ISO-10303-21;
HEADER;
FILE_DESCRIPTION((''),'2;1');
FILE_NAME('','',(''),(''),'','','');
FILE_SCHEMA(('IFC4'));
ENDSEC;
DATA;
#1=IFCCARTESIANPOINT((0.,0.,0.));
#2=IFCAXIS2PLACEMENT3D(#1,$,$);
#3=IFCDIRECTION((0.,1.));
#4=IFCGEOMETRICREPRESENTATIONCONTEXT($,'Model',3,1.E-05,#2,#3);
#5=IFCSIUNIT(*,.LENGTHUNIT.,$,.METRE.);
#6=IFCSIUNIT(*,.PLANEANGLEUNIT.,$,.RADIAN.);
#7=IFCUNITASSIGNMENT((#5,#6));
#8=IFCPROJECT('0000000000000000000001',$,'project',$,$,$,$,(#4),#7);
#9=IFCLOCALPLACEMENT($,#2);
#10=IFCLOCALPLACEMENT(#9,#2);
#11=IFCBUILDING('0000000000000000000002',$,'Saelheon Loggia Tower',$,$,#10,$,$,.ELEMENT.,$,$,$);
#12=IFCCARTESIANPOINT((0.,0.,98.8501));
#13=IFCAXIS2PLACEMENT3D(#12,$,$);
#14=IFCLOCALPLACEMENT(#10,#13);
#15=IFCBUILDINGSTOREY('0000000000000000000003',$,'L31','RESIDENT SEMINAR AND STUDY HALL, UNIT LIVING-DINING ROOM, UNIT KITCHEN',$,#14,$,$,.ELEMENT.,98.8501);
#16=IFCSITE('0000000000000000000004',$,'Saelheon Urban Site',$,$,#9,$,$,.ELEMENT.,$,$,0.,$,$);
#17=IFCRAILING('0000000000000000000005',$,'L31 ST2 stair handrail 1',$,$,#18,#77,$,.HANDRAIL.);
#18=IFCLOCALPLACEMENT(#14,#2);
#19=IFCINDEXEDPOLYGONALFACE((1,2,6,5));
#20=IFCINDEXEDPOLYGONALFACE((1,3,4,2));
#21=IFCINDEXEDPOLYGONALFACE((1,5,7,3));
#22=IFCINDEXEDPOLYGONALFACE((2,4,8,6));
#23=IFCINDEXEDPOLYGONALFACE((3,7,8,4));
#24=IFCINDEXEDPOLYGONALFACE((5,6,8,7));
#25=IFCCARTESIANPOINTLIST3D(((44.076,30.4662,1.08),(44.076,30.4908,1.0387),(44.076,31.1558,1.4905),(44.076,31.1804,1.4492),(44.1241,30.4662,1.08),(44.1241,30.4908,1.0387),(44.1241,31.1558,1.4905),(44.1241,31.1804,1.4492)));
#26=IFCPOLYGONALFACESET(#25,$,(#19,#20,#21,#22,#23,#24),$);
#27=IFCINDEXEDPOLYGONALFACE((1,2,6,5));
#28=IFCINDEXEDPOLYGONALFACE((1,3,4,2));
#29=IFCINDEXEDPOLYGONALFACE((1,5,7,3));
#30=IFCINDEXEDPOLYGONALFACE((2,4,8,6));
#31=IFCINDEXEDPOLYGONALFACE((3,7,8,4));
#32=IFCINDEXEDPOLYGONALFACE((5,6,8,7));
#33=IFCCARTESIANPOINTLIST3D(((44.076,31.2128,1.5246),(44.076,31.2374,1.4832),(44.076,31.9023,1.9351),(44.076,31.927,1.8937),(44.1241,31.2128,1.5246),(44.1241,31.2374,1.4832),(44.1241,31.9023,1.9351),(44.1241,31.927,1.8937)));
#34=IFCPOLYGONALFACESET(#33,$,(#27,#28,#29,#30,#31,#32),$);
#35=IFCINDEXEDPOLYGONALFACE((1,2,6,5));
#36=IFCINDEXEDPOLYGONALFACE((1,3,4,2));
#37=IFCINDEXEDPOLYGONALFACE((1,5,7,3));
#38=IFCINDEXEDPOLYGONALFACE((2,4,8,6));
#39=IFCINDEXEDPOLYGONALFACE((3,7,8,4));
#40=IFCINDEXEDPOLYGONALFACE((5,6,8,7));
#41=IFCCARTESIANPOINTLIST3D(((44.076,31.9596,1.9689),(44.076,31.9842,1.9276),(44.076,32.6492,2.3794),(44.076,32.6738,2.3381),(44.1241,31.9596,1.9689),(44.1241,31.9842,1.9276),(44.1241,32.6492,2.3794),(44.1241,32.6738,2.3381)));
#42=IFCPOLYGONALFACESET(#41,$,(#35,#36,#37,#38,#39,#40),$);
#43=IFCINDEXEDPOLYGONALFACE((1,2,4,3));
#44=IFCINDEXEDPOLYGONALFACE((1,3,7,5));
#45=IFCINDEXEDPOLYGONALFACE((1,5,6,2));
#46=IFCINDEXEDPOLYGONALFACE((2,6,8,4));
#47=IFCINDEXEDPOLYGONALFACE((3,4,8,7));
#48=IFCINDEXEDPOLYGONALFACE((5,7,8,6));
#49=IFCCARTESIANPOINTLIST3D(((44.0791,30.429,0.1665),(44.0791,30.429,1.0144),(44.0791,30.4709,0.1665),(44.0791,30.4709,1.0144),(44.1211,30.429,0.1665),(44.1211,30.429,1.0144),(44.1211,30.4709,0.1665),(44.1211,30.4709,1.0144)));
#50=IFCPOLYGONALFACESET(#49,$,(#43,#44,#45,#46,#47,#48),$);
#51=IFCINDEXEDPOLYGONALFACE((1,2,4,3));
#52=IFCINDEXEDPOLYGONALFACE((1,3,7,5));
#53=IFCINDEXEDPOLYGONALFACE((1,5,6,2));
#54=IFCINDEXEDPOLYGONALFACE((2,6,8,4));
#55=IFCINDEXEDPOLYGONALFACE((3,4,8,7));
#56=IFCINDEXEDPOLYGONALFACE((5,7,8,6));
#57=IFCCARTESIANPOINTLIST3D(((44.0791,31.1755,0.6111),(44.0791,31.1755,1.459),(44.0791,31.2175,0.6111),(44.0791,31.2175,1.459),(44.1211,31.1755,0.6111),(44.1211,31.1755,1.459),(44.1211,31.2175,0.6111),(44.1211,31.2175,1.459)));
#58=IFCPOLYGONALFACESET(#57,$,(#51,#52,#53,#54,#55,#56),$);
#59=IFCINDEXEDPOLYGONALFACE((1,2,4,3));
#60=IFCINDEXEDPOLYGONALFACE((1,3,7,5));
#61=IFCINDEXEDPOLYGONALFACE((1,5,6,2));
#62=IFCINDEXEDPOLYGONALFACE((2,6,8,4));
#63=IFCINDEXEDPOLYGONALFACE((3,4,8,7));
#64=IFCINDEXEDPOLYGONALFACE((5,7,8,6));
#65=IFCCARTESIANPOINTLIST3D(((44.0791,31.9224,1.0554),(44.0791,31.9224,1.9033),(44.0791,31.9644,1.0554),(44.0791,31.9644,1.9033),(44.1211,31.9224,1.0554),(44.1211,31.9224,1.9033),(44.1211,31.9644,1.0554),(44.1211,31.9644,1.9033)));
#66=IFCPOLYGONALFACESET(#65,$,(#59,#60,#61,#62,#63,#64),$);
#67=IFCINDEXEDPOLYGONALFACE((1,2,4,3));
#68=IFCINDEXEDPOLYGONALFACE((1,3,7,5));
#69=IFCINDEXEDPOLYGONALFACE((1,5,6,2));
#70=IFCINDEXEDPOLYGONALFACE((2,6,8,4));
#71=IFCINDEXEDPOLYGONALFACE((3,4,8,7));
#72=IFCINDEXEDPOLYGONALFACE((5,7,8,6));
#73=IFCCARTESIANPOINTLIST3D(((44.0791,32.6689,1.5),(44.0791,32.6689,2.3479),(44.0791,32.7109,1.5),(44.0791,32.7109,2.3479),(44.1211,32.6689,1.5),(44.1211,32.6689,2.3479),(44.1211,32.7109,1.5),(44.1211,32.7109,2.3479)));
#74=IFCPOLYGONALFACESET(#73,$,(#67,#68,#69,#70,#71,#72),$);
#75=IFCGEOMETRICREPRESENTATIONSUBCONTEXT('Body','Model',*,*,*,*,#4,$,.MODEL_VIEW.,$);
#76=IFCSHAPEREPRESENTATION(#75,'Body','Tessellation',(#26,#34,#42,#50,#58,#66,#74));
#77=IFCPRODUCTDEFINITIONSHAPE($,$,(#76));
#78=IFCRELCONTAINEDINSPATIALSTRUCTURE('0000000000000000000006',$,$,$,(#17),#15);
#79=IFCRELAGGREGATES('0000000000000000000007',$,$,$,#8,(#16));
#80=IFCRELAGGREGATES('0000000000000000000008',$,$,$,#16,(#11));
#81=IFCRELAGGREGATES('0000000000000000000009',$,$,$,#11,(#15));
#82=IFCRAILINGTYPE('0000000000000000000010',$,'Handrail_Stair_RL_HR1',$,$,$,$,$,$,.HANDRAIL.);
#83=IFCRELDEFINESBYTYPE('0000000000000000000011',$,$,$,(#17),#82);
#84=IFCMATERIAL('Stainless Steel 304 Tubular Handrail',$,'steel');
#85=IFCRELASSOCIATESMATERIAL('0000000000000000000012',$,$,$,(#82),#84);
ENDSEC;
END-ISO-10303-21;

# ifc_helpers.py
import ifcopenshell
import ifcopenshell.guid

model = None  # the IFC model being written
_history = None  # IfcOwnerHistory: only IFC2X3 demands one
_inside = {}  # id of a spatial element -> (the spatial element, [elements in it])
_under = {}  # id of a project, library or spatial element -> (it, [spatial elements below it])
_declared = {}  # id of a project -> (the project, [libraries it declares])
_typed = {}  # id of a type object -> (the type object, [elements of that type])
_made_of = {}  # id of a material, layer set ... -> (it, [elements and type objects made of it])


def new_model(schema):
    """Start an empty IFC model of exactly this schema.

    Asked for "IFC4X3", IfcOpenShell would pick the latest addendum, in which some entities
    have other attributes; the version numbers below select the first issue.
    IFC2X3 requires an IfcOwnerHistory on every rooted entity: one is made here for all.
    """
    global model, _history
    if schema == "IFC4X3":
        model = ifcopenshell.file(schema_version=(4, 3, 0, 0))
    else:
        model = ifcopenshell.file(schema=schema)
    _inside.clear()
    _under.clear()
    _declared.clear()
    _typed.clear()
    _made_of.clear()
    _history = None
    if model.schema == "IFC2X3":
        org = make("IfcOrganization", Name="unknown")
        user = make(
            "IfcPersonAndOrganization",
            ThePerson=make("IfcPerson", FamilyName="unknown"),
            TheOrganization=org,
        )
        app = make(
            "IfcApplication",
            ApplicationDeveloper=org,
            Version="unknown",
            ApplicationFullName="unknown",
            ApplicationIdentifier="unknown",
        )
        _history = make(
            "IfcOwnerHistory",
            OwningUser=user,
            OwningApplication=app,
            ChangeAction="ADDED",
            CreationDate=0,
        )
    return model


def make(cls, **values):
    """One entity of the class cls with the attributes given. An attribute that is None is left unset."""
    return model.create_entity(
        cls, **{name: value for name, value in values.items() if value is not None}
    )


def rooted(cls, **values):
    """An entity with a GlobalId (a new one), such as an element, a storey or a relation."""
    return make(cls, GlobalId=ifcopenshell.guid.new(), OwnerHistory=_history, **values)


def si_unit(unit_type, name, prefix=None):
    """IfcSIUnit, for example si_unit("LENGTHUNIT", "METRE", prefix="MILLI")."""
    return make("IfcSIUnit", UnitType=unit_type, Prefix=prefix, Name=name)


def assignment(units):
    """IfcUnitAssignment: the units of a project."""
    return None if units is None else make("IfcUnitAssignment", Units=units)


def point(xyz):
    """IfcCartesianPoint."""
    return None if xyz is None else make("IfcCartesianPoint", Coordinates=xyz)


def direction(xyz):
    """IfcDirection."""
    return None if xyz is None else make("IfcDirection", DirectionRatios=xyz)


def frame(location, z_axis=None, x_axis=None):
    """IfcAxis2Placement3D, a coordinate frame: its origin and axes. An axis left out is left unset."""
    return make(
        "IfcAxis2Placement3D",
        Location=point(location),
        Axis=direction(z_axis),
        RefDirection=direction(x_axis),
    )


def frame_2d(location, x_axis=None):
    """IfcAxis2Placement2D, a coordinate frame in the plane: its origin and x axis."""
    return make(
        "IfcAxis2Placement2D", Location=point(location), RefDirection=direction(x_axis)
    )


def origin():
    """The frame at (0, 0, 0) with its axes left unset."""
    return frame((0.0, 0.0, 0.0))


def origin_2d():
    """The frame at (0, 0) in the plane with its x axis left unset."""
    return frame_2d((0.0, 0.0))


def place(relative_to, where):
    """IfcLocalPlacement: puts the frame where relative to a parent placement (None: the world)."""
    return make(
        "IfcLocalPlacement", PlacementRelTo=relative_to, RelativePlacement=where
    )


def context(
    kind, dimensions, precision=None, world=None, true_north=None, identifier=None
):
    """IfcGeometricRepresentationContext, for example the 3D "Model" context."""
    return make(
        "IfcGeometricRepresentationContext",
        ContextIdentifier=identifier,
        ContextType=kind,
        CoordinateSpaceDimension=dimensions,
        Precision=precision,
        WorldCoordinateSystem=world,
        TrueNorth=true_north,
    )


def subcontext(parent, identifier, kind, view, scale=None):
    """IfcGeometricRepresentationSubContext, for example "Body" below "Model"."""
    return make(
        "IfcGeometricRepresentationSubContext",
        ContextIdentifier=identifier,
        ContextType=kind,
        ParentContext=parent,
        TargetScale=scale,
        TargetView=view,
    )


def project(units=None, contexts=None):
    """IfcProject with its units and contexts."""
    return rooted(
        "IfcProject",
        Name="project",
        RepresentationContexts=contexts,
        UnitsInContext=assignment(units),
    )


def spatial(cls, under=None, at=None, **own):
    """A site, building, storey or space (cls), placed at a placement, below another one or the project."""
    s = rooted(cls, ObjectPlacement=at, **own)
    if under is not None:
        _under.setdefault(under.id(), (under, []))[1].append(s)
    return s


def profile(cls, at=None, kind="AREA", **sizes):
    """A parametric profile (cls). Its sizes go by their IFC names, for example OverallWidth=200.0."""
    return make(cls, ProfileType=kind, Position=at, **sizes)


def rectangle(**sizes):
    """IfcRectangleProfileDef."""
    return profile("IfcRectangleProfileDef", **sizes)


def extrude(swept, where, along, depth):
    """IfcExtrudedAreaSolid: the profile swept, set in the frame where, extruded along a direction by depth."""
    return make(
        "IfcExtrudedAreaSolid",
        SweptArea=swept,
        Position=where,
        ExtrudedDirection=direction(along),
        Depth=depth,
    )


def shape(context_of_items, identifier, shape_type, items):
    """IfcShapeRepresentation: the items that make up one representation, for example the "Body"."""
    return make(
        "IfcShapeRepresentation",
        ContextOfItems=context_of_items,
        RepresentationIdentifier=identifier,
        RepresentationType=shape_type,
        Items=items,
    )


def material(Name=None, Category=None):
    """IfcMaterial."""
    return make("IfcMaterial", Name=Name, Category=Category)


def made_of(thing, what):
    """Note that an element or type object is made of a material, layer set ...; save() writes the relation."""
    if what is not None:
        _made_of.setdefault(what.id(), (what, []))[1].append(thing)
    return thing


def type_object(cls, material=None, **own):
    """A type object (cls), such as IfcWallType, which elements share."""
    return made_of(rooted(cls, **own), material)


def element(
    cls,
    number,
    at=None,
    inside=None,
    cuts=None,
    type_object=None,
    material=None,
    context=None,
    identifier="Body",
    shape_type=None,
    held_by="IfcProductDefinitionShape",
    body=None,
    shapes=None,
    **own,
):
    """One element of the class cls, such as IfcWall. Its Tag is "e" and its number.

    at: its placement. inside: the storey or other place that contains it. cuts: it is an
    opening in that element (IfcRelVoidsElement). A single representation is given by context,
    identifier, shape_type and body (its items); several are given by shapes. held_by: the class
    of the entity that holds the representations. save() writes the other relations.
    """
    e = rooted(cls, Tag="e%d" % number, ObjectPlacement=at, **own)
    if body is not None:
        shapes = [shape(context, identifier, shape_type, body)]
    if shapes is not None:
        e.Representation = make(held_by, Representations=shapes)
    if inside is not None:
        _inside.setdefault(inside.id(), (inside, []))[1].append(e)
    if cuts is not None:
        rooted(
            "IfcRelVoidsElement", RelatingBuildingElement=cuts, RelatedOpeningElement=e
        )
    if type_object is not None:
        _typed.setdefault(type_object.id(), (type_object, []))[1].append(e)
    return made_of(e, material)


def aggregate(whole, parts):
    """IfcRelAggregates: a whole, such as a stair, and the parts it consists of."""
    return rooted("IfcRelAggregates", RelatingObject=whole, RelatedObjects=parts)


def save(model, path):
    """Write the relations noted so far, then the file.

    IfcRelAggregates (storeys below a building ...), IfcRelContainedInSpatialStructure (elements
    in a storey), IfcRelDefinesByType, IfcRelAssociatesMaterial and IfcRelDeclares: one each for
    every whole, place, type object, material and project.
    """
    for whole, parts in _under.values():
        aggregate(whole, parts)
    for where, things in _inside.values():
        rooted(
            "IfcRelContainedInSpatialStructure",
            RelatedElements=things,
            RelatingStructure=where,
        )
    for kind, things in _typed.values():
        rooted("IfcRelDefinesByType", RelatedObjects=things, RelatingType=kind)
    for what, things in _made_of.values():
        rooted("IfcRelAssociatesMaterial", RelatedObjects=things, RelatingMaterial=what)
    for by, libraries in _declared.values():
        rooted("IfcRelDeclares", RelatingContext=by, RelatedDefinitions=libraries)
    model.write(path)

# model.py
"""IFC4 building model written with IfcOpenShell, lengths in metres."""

from ifc_helpers import new_model, si_unit, direction, frame, origin, origin_2d, place, context, subcontext, project, spatial, rectangle, extrude, material, type_object, element, save


model = new_model("IFC4")

# Units and contexts
model_context = context("Model", 3, precision=1e-05, world=origin(), true_north=direction((0.0, 1.0)))
body_context = subcontext(model_context, "Body", "Model", "MODEL_VIEW")
ifc_project = project(units=[si_unit("LENGTHUNIT", "METRE"), si_unit("PLANEANGLEUNIT", "RADIAN")], contexts=[model_context])

# Site, building, storey
site_placement = place(None, origin())
site = spatial("IfcSite", under=ifc_project, at=site_placement, Name="Saelheon Urban Site", CompositionType="ELEMENT", RefElevation=0.0)
building_placement = place(site_placement, origin())
building = spatial("IfcBuilding", under=site, at=building_placement, Name="Saelheon Loggia Tower", CompositionType="ELEMENT")
storey_placement = place(building_placement, frame((0.0, 0.0, 98.8501)))
storey = spatial("IfcBuildingStorey", under=building, at=storey_placement, Name="L31", Description="RESIDENT SEMINAR AND STUDY HALL, UNIT LIVING-DINING ROOM, UNIT KITCHEN", CompositionType="ELEMENT", Elevation=98.8501)

# Railing
ifc_material_1 = material(Name="Stainless Steel 304 Tubular Handrail", Category="steel")
railing_type_1 = type_object("IfcRailingType", Name="Handrail_Stair_RL_HR1", PredefinedType="HANDRAIL", material=ifc_material_1)
railing_1_placement = place(storey_placement, frame((44.1001, 30.45, 0.1665)))
element("IfcRailing", 1, at=railing_1_placement, inside=storey, type_object=railing_type_1, Name="L31 ST2 stair handrail 1", PredefinedType="HANDRAIL", context=body_context, shape_type="SweptSolid", body=[
    extrude(rectangle(XDim=0.0481, YDim=0.0481, at=origin_2d()), frame((0.0, 0.0286, 0.8928), z_axis=(0.0, 0.859264, 0.511532), x_axis=(-1.0, 0.0, 0.0)), (0.0, 0.0, 1.0), 0.8025),
    extrude(rectangle(XDim=0.0481, YDim=0.0481, at=origin_2d()), frame((0.0, 0.7751, 1.3374), z_axis=(0.0, 0.859264, 0.511532), x_axis=(-1.0, 0.0, 0.0)), (0.0, 0.0, 1.0), 0.8025),
    extrude(rectangle(XDim=0.0481, YDim=0.0481, at=origin_2d()), frame((0.0, 1.522, 1.7817), z_axis=(0.0, 0.859264, 0.511532), x_axis=(-1.0, 0.0, 0.0)), (0.0, 0.0, 1.0), 0.8025),
    extrude(rectangle(XDim=0.042, YDim=0.042, at=origin_2d()), origin(), (0.0, 0.0, 1.0), 0.8479),
    extrude(rectangle(XDim=0.042, YDim=0.042, at=origin_2d()), frame((0.0, 0.7466, 0.4446)), (0.0, 0.0, 1.0), 0.8479),
    extrude(rectangle(XDim=0.042, YDim=0.042, at=origin_2d()), frame((0.0, 1.4934, 0.8889)), (0.0, 0.0, 1.0), 0.8479),
    extrude(rectangle(XDim=0.042, YDim=0.042, at=origin_2d()), frame((0.0, 2.24, 1.3335)), (0.0, 0.0, 1.0), 0.8479),
])

save(model, "model.ifc")
